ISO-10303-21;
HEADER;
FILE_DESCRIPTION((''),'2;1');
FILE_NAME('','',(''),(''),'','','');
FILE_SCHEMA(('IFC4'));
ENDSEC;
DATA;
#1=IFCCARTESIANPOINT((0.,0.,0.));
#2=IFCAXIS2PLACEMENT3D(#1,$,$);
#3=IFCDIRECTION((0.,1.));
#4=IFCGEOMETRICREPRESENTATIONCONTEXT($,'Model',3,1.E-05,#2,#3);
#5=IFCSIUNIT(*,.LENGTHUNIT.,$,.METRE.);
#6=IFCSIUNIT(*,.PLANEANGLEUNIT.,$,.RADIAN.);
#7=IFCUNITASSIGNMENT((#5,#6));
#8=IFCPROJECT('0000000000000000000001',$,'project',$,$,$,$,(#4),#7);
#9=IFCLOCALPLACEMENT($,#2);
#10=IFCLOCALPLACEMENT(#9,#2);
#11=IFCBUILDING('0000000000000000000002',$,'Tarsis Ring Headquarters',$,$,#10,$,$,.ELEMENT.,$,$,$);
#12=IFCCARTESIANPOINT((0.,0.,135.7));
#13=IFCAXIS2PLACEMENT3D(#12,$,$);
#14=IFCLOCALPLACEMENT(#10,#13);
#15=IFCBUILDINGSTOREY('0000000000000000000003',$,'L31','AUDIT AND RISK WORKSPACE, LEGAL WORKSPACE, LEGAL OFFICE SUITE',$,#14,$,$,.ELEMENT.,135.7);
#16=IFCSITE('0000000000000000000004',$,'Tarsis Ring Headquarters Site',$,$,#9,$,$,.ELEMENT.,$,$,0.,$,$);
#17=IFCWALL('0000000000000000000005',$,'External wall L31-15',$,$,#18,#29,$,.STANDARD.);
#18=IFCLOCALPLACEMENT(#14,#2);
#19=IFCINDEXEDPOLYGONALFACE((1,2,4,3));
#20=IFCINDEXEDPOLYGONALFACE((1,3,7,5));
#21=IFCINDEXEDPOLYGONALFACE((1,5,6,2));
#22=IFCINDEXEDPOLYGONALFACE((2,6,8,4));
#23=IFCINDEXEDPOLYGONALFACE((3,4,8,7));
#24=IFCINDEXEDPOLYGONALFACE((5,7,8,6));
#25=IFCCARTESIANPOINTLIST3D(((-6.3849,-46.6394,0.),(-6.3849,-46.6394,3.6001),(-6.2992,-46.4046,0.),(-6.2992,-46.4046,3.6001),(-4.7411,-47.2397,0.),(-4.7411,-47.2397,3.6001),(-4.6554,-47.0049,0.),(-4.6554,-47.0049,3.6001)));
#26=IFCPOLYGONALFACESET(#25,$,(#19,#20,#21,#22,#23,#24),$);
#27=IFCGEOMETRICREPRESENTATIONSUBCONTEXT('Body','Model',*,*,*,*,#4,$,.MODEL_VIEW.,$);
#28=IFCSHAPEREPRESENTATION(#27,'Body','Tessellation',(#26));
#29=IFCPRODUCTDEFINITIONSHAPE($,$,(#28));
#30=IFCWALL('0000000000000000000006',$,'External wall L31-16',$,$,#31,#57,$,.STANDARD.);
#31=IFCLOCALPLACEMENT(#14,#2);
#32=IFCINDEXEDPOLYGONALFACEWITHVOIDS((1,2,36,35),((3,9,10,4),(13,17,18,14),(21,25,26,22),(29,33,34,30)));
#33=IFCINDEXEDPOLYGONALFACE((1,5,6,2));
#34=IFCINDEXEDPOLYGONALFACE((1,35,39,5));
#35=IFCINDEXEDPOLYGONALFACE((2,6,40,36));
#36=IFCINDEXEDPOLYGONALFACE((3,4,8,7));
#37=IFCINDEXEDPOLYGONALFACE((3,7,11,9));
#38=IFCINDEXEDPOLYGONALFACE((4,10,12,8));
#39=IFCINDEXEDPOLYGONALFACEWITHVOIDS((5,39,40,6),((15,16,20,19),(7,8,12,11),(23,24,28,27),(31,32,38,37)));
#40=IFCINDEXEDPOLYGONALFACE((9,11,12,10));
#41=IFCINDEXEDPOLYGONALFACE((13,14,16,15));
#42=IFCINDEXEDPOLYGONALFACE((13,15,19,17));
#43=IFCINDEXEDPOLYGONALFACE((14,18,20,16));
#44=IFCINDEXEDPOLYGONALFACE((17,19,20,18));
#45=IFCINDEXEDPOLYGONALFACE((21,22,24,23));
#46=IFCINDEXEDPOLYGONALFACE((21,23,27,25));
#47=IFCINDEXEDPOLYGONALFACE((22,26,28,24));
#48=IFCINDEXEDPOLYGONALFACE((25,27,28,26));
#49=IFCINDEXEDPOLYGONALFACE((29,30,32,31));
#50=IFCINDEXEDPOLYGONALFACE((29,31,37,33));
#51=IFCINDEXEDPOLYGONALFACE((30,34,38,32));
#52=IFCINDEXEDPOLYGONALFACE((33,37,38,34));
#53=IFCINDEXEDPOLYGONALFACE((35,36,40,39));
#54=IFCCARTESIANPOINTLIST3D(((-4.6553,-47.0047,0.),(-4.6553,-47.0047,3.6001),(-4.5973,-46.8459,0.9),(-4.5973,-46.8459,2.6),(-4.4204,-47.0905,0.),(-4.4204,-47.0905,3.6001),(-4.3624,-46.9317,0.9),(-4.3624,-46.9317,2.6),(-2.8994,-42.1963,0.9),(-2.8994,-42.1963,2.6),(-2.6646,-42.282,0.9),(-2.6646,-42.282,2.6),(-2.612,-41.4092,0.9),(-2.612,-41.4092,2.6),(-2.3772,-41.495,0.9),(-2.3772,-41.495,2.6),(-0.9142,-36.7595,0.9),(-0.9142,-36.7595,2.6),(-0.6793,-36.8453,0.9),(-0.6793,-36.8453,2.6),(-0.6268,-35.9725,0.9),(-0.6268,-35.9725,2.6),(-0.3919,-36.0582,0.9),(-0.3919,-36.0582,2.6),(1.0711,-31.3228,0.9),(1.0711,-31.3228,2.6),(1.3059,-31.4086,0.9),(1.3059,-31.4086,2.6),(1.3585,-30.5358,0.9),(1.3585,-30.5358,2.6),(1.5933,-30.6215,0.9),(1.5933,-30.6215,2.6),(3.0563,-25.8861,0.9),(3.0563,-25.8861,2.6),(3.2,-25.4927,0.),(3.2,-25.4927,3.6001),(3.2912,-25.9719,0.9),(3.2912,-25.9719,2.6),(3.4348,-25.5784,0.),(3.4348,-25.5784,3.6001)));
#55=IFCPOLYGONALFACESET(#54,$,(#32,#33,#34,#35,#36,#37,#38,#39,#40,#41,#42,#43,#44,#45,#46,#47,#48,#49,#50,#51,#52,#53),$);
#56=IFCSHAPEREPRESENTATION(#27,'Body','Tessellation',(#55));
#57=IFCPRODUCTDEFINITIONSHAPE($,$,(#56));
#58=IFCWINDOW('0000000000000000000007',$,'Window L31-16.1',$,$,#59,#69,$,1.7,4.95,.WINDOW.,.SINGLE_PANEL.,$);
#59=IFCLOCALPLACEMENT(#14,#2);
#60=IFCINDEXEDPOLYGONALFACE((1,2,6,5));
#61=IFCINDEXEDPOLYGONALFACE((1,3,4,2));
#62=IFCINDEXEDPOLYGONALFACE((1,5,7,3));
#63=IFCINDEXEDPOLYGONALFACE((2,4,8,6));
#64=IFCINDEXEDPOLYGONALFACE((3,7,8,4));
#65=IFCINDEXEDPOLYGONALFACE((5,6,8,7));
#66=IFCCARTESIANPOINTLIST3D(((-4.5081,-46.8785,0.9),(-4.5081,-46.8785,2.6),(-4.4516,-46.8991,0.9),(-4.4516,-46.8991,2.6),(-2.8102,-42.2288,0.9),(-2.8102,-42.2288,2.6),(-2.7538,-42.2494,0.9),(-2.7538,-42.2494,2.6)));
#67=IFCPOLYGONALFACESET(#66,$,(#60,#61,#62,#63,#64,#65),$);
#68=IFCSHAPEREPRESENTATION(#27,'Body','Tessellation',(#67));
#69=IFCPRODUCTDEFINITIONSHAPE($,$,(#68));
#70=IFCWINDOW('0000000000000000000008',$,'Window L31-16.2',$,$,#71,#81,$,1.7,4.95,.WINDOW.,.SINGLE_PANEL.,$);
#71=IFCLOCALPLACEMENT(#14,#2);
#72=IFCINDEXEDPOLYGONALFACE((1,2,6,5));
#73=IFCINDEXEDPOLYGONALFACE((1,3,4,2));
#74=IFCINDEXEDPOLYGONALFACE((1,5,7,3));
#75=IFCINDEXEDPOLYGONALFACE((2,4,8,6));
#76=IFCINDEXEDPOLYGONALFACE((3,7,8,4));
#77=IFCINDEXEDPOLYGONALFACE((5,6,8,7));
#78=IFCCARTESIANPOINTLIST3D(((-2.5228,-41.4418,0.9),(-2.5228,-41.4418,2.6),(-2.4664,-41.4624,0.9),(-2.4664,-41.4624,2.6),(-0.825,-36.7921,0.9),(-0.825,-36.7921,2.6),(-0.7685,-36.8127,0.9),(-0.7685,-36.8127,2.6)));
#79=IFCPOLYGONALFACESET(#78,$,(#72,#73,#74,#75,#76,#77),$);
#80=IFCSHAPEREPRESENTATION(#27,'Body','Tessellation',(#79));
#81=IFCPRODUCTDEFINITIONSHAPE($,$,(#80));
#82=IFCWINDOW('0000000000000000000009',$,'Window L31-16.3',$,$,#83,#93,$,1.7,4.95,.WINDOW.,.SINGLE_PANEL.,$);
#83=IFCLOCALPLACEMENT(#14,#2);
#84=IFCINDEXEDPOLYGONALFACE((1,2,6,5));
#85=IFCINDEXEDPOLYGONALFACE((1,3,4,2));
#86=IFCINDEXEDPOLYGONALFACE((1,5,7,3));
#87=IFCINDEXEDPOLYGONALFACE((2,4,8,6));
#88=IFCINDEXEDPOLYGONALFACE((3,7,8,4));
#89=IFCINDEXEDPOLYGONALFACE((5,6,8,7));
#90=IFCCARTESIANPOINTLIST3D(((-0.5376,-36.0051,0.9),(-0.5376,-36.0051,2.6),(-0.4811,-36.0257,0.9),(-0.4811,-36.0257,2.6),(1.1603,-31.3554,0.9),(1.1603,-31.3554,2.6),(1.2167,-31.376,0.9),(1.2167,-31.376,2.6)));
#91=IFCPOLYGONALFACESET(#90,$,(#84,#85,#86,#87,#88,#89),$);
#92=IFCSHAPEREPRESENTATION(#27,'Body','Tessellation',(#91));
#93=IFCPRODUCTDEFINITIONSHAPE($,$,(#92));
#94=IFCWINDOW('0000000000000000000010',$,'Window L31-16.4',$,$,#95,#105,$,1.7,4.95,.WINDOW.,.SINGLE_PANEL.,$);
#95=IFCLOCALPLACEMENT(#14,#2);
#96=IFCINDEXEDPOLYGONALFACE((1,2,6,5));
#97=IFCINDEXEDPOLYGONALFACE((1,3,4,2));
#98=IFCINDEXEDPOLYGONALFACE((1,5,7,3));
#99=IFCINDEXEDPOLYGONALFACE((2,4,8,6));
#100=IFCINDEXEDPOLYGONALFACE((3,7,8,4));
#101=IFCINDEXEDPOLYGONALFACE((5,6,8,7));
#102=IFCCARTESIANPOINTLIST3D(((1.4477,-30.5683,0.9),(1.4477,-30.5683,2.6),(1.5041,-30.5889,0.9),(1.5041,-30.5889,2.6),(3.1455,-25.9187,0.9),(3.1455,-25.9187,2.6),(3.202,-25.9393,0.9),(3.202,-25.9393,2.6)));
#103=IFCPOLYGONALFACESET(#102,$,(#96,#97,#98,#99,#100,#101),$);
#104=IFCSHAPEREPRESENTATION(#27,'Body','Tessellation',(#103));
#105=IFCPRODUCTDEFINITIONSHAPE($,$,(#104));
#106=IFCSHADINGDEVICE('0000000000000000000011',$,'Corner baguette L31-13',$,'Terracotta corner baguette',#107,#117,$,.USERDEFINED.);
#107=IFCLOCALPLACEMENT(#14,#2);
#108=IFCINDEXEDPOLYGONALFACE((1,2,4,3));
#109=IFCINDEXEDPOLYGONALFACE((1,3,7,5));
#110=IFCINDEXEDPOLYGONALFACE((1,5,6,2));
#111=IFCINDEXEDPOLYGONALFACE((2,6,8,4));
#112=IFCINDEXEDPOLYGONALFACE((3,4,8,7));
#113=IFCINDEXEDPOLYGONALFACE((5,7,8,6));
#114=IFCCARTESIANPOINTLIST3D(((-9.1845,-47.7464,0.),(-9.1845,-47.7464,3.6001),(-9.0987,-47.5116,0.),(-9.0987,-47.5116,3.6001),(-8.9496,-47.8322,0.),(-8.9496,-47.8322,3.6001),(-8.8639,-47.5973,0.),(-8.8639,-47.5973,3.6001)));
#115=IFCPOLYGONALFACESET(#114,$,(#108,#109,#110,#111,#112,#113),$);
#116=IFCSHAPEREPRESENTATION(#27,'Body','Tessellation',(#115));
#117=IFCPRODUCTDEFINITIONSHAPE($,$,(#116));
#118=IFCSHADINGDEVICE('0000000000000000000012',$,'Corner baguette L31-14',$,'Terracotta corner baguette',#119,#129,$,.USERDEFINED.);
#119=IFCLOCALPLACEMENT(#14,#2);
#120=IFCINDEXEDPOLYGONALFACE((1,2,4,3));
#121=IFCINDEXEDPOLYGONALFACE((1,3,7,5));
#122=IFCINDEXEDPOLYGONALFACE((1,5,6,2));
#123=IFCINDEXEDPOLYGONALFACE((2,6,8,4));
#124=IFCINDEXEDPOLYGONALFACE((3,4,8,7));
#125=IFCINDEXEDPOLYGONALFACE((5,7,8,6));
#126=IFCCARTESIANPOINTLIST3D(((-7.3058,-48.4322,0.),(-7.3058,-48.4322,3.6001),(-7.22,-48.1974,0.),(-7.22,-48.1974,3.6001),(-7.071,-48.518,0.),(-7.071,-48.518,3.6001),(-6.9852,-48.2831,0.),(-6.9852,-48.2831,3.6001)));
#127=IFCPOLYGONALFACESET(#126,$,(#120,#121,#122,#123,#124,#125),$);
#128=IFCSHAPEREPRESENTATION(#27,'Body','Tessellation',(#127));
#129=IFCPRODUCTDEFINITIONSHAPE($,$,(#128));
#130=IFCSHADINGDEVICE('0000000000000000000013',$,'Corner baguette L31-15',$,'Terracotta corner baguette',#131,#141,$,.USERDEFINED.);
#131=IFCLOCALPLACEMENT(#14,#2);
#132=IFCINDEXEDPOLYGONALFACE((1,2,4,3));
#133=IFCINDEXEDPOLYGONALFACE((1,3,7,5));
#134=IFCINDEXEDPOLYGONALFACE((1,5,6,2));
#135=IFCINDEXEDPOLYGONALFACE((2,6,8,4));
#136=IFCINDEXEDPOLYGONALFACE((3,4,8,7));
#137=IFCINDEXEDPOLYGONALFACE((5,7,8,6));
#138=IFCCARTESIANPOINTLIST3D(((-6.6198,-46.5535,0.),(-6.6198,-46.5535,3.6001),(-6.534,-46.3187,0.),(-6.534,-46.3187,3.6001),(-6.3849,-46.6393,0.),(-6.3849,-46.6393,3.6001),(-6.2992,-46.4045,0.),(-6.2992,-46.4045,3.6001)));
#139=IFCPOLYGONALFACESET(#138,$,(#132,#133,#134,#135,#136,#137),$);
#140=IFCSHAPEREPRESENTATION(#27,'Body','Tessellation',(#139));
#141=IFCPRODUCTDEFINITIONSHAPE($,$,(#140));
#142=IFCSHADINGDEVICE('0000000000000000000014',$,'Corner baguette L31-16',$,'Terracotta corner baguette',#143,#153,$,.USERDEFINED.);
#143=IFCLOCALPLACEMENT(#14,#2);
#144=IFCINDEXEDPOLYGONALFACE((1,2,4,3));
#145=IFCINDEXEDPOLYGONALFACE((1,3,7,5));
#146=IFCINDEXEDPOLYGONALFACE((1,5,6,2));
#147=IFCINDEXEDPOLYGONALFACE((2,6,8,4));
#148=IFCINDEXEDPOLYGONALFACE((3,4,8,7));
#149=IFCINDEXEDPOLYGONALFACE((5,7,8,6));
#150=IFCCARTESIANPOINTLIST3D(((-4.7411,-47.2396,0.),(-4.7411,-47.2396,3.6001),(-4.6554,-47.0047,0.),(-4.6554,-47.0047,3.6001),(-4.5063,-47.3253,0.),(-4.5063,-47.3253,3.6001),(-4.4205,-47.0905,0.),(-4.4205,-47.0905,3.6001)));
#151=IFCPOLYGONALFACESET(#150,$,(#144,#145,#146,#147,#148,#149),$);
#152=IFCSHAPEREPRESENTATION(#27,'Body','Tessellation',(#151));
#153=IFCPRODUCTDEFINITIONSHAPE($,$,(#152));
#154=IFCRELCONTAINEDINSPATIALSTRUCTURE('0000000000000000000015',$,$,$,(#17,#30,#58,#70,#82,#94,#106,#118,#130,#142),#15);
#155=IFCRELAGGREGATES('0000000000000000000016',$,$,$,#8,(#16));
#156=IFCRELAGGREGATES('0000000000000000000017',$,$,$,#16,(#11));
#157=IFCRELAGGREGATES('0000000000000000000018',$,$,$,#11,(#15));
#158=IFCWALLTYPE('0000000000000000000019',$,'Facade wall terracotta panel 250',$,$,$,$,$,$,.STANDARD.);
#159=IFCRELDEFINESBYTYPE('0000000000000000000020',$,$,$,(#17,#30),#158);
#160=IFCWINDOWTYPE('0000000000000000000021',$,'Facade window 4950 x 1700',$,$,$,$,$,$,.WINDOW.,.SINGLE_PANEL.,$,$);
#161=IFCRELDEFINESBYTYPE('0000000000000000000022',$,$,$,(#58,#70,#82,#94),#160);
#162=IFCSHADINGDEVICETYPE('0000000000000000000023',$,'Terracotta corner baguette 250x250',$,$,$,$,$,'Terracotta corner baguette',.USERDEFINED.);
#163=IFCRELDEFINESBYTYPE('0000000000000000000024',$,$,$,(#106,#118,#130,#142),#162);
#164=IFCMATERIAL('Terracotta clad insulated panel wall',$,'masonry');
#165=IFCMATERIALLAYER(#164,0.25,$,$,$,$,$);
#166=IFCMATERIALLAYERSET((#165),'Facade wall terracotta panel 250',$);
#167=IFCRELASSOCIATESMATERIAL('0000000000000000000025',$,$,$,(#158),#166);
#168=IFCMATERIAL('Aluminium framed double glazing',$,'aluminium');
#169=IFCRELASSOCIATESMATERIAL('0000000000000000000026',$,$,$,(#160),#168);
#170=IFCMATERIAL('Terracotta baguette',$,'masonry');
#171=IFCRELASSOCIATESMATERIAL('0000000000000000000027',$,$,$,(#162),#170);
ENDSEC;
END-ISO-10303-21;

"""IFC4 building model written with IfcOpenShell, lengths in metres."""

from ifc_helpers import new_model, si_unit, direction, frame, frame_2d, origin, origin_2d, place, context, subcontext, project, spatial, rectangle, extrude, material, layer, layer_set, type_object, element, fill, save


model = new_model("IFC4")

# Units and contexts
model_context = context("Model", 3, precision=1e-05, world=origin(), true_north=direction((0.0, 1.0)))
body_context = subcontext(model_context, "Body", "Model", "MODEL_VIEW")
ifc_project = project(units=[si_unit("LENGTHUNIT", "METRE"), si_unit("PLANEANGLEUNIT", "RADIAN")], contexts=[model_context])

# Site, building, storey
site_placement = place(None, origin())
site = spatial("IfcSite", under=ifc_project, at=site_placement, Name="Tarsis Ring Headquarters Site", CompositionType="ELEMENT", RefElevation=0.0)
building_placement = place(site_placement, origin())
building = spatial("IfcBuilding", under=site, at=building_placement, Name="Tarsis Ring Headquarters", CompositionType="ELEMENT")
storey_placement = place(building_placement, frame((0.0, 0.0, 135.7)))
storey = spatial("IfcBuildingStorey", under=building, at=storey_placement, Name="L31", Description="AUDIT AND RISK WORKSPACE, LEGAL WORKSPACE, LEGAL OFFICE SUITE", CompositionType="ELEMENT", Elevation=135.7)

# Wall
ifc_material_1 = material(Name="Terracotta clad insulated panel wall", Category="masonry")
ifc_layer_1 = layer(ifc_material_1, 0.25)
ifc_layer_set_1 = layer_set([ifc_layer_1], Name="Facade wall terracotta panel 250")
wall_type_1 = type_object("IfcWallType", Name="Facade wall terracotta panel 250", PredefinedType="STANDARD", material=ifc_layer_set_1)
wall_1_placement = place(storey_placement, frame((-6.342, -46.522, 0.0), z_axis=(0.0, 0.0, 1.0), x_axis=(0.939316, -0.343053, 0.0)))
element("IfcWall", 1, at=wall_1_placement, inside=storey, type_object=wall_type_1, Name="External wall L31-15", PredefinedType="STANDARD", context=body_context, shape_type="SweptSolid", body=[
    extrude(rectangle(XDim=1.75, YDim=0.25, at=frame_2d((0.875, 0.0))), origin(), (0.0, 0.0, 1.0), 3.6001),
])

# Wall, openings, windows
wall_2_placement = place(storey_placement, frame((-4.5378, -47.0476, 0.0), z_axis=(0.0, 0.0, 1.0), x_axis=(0.343004, 0.939334, 0.0)))
wall_2 = element("IfcWall", 2, at=wall_2_placement, inside=storey, type_object=wall_type_1, Name="External wall L31-16", PredefinedType="STANDARD", context=body_context, shape_type="SweptSolid", body=[
    extrude(rectangle(XDim=22.9014, YDim=0.25, at=frame_2d((11.4507, 0.0))), origin(), (0.0, 0.0, 1.0), 3.6001),
])
opening_1_placement = place(wall_2_placement, frame((0.1689, 0.0, 0.8999)))
opening_1 = element("IfcOpeningElement", 3, at=opening_1_placement, cuts=wall_2, PredefinedType="OPENING", context=body_context, shape_type="SweptSolid", body=[
    extrude(rectangle(XDim=4.95, YDim=1.7, at=frame_2d((2.4751, 0.8501))), frame((0.0, 0.135, 0.0), z_axis=(0.0, -1.0, 0.0), x_axis=(1.0, 0.0, 0.0)), (0.0, 0.0, 1.0), 0.27),
])
opening_2_placement = place(wall_2_placement, frame((5.9568, 0.0, 0.8999)))
opening_2 = element("IfcOpeningElement", 4, at=opening_2_placement, cuts=wall_2, PredefinedType="OPENING", context=body_context, shape_type="SweptSolid", body=[
    extrude(rectangle(XDim=4.95, YDim=1.7, at=frame_2d((2.4751, 0.8501))), frame((0.0, 0.135, 0.0), z_axis=(0.0, -1.0, 0.0), x_axis=(1.0, 0.0, 0.0)), (0.0, 0.0, 1.0), 0.27),
])
opening_3_placement = place(wall_2_placement, frame((11.7446, 0.0, 0.8999)))
opening_3 = element("IfcOpeningElement", 5, at=opening_3_placement, cuts=wall_2, PredefinedType="OPENING", context=body_context, shape_type="SweptSolid", body=[
    extrude(rectangle(XDim=4.95, YDim=1.7, at=frame_2d((2.4751, 0.8501))), frame((0.0, 0.135, 0.0), z_axis=(0.0, -1.0, 0.0), x_axis=(1.0, 0.0, 0.0)), (0.0, 0.0, 1.0), 0.27),
])
opening_4_placement = place(wall_2_placement, frame((17.5325, 0.0, 0.8999)))
opening_4 = element("IfcOpeningElement", 6, at=opening_4_placement, cuts=wall_2, PredefinedType="OPENING", context=body_context, shape_type="SweptSolid", body=[
    extrude(rectangle(XDim=4.95, YDim=1.7, at=frame_2d((2.4751, 0.8501))), frame((0.0, 0.135, 0.0), z_axis=(0.0, -1.0, 0.0), x_axis=(1.0, 0.0, 0.0)), (0.0, 0.0, 1.0), 0.27),
])
ifc_material_2 = material(Name="Aluminium framed double glazing", Category="aluminium")
window_type = type_object("IfcWindowType", Name="Facade window 4950 x 1700", PartitioningType="SINGLE_PANEL", PredefinedType="WINDOW", material=ifc_material_2)
window_1_placement = place(opening_1_placement, origin())
window_1 = element("IfcWindow", 7, at=window_1_placement, inside=storey, type_object=window_type, Name="Window L31-16.1", OverallHeight=1.7, OverallWidth=4.95, PartitioningType="SINGLE_PANEL", PredefinedType="WINDOW", context=body_context, shape_type="SweptSolid", body=[
    extrude(rectangle(XDim=4.95, YDim=1.7, at=frame_2d((2.4751, 0.8501))), frame((0.0, 0.03, 0.0), z_axis=(0.0, -1.0, 0.0), x_axis=(1.0, 0.0, 0.0)), (0.0, 0.0, 1.0), 0.0601),
])
fill(opening_1, window_1)
window_2_placement = place(opening_2_placement, origin())
window_2 = element("IfcWindow", 8, at=window_2_placement, inside=storey, type_object=window_type, Name="Window L31-16.2", OverallHeight=1.7, OverallWidth=4.95, PartitioningType="SINGLE_PANEL", PredefinedType="WINDOW", context=body_context, shape_type="SweptSolid", body=[
    extrude(rectangle(XDim=4.95, YDim=1.7, at=frame_2d((2.4751, 0.8501))), frame((0.0, 0.03, 0.0), z_axis=(0.0, -1.0, 0.0), x_axis=(1.0, 0.0, 0.0)), (0.0, 0.0, 1.0), 0.0601),
])
fill(opening_2, window_2)
window_3_placement = place(opening_3_placement, origin())
window_3 = element("IfcWindow", 9, at=window_3_placement, inside=storey, type_object=window_type, Name="Window L31-16.3", OverallHeight=1.7, OverallWidth=4.95, PartitioningType="SINGLE_PANEL", PredefinedType="WINDOW", context=body_context, shape_type="SweptSolid", body=[
    extrude(rectangle(XDim=4.95, YDim=1.7, at=frame_2d((2.4751, 0.8501))), frame((0.0, 0.03, 0.0), z_axis=(0.0, -1.0, 0.0), x_axis=(1.0, 0.0, 0.0)), (0.0, 0.0, 1.0), 0.0601),
])
fill(opening_3, window_3)
window_4_placement = place(opening_4_placement, origin())
window_4 = element("IfcWindow", 10, at=window_4_placement, inside=storey, type_object=window_type, Name="Window L31-16.4", OverallHeight=1.7, OverallWidth=4.95, PartitioningType="SINGLE_PANEL", PredefinedType="WINDOW", context=body_context, shape_type="SweptSolid", body=[
    extrude(rectangle(XDim=4.95, YDim=1.7, at=frame_2d((2.4751, 0.8501))), frame((0.0, 0.03, 0.0), z_axis=(0.0, -1.0, 0.0), x_axis=(1.0, 0.0, 0.0)), (0.0, 0.0, 1.0), 0.0601),
])
fill(opening_4, window_4)

# Shading devices
ifc_material_3 = material(Name="Terracotta baguette", Category="masonry")
shading_device_type = type_object("IfcShadingDeviceType", Name="Terracotta corner baguette 250x250", ElementType="Terracotta corner baguette", PredefinedType="USERDEFINED", material=ifc_material_3)
for number, where, z_axis, x_axis, name in (
    (11, (-9.0242, -47.6719, 0.0), (0.0, 0.0, 1.0), (0.343004, 0.939334, 0.0), "Corner baguette L31-13"),
    (12, (-7.1455, -48.3577, 0.0), (0.0, 0.0, 1.0), (0.939334, -0.343004, 0.0), "Corner baguette L31-14"),
    (13, (-6.4595, -46.479, 0.0), (0.0, 0.0, 1.0), (0.343004, 0.939334, 0.0), "Corner baguette L31-15"),
    (14, (-4.5808, -47.165, 0.0), (0.0, 0.0, 1.0), (0.939334, -0.343004, 0.0), "Corner baguette L31-16"),
):
    element("IfcShadingDevice", number, at=place(storey_placement, frame(where, z_axis=z_axis, x_axis=x_axis)), inside=storey, type_object=shading_device_type, Name=name, ObjectType="Terracotta corner baguette", PredefinedType="USERDEFINED", context=body_context, shape_type="SweptSolid", body=[
        extrude(rectangle(XDim=0.25, YDim=0.25, at=origin_2d()), origin(), (0.0, 0.0, 1.0), 3.6001),
    ])

save(model, "model.ifc")
